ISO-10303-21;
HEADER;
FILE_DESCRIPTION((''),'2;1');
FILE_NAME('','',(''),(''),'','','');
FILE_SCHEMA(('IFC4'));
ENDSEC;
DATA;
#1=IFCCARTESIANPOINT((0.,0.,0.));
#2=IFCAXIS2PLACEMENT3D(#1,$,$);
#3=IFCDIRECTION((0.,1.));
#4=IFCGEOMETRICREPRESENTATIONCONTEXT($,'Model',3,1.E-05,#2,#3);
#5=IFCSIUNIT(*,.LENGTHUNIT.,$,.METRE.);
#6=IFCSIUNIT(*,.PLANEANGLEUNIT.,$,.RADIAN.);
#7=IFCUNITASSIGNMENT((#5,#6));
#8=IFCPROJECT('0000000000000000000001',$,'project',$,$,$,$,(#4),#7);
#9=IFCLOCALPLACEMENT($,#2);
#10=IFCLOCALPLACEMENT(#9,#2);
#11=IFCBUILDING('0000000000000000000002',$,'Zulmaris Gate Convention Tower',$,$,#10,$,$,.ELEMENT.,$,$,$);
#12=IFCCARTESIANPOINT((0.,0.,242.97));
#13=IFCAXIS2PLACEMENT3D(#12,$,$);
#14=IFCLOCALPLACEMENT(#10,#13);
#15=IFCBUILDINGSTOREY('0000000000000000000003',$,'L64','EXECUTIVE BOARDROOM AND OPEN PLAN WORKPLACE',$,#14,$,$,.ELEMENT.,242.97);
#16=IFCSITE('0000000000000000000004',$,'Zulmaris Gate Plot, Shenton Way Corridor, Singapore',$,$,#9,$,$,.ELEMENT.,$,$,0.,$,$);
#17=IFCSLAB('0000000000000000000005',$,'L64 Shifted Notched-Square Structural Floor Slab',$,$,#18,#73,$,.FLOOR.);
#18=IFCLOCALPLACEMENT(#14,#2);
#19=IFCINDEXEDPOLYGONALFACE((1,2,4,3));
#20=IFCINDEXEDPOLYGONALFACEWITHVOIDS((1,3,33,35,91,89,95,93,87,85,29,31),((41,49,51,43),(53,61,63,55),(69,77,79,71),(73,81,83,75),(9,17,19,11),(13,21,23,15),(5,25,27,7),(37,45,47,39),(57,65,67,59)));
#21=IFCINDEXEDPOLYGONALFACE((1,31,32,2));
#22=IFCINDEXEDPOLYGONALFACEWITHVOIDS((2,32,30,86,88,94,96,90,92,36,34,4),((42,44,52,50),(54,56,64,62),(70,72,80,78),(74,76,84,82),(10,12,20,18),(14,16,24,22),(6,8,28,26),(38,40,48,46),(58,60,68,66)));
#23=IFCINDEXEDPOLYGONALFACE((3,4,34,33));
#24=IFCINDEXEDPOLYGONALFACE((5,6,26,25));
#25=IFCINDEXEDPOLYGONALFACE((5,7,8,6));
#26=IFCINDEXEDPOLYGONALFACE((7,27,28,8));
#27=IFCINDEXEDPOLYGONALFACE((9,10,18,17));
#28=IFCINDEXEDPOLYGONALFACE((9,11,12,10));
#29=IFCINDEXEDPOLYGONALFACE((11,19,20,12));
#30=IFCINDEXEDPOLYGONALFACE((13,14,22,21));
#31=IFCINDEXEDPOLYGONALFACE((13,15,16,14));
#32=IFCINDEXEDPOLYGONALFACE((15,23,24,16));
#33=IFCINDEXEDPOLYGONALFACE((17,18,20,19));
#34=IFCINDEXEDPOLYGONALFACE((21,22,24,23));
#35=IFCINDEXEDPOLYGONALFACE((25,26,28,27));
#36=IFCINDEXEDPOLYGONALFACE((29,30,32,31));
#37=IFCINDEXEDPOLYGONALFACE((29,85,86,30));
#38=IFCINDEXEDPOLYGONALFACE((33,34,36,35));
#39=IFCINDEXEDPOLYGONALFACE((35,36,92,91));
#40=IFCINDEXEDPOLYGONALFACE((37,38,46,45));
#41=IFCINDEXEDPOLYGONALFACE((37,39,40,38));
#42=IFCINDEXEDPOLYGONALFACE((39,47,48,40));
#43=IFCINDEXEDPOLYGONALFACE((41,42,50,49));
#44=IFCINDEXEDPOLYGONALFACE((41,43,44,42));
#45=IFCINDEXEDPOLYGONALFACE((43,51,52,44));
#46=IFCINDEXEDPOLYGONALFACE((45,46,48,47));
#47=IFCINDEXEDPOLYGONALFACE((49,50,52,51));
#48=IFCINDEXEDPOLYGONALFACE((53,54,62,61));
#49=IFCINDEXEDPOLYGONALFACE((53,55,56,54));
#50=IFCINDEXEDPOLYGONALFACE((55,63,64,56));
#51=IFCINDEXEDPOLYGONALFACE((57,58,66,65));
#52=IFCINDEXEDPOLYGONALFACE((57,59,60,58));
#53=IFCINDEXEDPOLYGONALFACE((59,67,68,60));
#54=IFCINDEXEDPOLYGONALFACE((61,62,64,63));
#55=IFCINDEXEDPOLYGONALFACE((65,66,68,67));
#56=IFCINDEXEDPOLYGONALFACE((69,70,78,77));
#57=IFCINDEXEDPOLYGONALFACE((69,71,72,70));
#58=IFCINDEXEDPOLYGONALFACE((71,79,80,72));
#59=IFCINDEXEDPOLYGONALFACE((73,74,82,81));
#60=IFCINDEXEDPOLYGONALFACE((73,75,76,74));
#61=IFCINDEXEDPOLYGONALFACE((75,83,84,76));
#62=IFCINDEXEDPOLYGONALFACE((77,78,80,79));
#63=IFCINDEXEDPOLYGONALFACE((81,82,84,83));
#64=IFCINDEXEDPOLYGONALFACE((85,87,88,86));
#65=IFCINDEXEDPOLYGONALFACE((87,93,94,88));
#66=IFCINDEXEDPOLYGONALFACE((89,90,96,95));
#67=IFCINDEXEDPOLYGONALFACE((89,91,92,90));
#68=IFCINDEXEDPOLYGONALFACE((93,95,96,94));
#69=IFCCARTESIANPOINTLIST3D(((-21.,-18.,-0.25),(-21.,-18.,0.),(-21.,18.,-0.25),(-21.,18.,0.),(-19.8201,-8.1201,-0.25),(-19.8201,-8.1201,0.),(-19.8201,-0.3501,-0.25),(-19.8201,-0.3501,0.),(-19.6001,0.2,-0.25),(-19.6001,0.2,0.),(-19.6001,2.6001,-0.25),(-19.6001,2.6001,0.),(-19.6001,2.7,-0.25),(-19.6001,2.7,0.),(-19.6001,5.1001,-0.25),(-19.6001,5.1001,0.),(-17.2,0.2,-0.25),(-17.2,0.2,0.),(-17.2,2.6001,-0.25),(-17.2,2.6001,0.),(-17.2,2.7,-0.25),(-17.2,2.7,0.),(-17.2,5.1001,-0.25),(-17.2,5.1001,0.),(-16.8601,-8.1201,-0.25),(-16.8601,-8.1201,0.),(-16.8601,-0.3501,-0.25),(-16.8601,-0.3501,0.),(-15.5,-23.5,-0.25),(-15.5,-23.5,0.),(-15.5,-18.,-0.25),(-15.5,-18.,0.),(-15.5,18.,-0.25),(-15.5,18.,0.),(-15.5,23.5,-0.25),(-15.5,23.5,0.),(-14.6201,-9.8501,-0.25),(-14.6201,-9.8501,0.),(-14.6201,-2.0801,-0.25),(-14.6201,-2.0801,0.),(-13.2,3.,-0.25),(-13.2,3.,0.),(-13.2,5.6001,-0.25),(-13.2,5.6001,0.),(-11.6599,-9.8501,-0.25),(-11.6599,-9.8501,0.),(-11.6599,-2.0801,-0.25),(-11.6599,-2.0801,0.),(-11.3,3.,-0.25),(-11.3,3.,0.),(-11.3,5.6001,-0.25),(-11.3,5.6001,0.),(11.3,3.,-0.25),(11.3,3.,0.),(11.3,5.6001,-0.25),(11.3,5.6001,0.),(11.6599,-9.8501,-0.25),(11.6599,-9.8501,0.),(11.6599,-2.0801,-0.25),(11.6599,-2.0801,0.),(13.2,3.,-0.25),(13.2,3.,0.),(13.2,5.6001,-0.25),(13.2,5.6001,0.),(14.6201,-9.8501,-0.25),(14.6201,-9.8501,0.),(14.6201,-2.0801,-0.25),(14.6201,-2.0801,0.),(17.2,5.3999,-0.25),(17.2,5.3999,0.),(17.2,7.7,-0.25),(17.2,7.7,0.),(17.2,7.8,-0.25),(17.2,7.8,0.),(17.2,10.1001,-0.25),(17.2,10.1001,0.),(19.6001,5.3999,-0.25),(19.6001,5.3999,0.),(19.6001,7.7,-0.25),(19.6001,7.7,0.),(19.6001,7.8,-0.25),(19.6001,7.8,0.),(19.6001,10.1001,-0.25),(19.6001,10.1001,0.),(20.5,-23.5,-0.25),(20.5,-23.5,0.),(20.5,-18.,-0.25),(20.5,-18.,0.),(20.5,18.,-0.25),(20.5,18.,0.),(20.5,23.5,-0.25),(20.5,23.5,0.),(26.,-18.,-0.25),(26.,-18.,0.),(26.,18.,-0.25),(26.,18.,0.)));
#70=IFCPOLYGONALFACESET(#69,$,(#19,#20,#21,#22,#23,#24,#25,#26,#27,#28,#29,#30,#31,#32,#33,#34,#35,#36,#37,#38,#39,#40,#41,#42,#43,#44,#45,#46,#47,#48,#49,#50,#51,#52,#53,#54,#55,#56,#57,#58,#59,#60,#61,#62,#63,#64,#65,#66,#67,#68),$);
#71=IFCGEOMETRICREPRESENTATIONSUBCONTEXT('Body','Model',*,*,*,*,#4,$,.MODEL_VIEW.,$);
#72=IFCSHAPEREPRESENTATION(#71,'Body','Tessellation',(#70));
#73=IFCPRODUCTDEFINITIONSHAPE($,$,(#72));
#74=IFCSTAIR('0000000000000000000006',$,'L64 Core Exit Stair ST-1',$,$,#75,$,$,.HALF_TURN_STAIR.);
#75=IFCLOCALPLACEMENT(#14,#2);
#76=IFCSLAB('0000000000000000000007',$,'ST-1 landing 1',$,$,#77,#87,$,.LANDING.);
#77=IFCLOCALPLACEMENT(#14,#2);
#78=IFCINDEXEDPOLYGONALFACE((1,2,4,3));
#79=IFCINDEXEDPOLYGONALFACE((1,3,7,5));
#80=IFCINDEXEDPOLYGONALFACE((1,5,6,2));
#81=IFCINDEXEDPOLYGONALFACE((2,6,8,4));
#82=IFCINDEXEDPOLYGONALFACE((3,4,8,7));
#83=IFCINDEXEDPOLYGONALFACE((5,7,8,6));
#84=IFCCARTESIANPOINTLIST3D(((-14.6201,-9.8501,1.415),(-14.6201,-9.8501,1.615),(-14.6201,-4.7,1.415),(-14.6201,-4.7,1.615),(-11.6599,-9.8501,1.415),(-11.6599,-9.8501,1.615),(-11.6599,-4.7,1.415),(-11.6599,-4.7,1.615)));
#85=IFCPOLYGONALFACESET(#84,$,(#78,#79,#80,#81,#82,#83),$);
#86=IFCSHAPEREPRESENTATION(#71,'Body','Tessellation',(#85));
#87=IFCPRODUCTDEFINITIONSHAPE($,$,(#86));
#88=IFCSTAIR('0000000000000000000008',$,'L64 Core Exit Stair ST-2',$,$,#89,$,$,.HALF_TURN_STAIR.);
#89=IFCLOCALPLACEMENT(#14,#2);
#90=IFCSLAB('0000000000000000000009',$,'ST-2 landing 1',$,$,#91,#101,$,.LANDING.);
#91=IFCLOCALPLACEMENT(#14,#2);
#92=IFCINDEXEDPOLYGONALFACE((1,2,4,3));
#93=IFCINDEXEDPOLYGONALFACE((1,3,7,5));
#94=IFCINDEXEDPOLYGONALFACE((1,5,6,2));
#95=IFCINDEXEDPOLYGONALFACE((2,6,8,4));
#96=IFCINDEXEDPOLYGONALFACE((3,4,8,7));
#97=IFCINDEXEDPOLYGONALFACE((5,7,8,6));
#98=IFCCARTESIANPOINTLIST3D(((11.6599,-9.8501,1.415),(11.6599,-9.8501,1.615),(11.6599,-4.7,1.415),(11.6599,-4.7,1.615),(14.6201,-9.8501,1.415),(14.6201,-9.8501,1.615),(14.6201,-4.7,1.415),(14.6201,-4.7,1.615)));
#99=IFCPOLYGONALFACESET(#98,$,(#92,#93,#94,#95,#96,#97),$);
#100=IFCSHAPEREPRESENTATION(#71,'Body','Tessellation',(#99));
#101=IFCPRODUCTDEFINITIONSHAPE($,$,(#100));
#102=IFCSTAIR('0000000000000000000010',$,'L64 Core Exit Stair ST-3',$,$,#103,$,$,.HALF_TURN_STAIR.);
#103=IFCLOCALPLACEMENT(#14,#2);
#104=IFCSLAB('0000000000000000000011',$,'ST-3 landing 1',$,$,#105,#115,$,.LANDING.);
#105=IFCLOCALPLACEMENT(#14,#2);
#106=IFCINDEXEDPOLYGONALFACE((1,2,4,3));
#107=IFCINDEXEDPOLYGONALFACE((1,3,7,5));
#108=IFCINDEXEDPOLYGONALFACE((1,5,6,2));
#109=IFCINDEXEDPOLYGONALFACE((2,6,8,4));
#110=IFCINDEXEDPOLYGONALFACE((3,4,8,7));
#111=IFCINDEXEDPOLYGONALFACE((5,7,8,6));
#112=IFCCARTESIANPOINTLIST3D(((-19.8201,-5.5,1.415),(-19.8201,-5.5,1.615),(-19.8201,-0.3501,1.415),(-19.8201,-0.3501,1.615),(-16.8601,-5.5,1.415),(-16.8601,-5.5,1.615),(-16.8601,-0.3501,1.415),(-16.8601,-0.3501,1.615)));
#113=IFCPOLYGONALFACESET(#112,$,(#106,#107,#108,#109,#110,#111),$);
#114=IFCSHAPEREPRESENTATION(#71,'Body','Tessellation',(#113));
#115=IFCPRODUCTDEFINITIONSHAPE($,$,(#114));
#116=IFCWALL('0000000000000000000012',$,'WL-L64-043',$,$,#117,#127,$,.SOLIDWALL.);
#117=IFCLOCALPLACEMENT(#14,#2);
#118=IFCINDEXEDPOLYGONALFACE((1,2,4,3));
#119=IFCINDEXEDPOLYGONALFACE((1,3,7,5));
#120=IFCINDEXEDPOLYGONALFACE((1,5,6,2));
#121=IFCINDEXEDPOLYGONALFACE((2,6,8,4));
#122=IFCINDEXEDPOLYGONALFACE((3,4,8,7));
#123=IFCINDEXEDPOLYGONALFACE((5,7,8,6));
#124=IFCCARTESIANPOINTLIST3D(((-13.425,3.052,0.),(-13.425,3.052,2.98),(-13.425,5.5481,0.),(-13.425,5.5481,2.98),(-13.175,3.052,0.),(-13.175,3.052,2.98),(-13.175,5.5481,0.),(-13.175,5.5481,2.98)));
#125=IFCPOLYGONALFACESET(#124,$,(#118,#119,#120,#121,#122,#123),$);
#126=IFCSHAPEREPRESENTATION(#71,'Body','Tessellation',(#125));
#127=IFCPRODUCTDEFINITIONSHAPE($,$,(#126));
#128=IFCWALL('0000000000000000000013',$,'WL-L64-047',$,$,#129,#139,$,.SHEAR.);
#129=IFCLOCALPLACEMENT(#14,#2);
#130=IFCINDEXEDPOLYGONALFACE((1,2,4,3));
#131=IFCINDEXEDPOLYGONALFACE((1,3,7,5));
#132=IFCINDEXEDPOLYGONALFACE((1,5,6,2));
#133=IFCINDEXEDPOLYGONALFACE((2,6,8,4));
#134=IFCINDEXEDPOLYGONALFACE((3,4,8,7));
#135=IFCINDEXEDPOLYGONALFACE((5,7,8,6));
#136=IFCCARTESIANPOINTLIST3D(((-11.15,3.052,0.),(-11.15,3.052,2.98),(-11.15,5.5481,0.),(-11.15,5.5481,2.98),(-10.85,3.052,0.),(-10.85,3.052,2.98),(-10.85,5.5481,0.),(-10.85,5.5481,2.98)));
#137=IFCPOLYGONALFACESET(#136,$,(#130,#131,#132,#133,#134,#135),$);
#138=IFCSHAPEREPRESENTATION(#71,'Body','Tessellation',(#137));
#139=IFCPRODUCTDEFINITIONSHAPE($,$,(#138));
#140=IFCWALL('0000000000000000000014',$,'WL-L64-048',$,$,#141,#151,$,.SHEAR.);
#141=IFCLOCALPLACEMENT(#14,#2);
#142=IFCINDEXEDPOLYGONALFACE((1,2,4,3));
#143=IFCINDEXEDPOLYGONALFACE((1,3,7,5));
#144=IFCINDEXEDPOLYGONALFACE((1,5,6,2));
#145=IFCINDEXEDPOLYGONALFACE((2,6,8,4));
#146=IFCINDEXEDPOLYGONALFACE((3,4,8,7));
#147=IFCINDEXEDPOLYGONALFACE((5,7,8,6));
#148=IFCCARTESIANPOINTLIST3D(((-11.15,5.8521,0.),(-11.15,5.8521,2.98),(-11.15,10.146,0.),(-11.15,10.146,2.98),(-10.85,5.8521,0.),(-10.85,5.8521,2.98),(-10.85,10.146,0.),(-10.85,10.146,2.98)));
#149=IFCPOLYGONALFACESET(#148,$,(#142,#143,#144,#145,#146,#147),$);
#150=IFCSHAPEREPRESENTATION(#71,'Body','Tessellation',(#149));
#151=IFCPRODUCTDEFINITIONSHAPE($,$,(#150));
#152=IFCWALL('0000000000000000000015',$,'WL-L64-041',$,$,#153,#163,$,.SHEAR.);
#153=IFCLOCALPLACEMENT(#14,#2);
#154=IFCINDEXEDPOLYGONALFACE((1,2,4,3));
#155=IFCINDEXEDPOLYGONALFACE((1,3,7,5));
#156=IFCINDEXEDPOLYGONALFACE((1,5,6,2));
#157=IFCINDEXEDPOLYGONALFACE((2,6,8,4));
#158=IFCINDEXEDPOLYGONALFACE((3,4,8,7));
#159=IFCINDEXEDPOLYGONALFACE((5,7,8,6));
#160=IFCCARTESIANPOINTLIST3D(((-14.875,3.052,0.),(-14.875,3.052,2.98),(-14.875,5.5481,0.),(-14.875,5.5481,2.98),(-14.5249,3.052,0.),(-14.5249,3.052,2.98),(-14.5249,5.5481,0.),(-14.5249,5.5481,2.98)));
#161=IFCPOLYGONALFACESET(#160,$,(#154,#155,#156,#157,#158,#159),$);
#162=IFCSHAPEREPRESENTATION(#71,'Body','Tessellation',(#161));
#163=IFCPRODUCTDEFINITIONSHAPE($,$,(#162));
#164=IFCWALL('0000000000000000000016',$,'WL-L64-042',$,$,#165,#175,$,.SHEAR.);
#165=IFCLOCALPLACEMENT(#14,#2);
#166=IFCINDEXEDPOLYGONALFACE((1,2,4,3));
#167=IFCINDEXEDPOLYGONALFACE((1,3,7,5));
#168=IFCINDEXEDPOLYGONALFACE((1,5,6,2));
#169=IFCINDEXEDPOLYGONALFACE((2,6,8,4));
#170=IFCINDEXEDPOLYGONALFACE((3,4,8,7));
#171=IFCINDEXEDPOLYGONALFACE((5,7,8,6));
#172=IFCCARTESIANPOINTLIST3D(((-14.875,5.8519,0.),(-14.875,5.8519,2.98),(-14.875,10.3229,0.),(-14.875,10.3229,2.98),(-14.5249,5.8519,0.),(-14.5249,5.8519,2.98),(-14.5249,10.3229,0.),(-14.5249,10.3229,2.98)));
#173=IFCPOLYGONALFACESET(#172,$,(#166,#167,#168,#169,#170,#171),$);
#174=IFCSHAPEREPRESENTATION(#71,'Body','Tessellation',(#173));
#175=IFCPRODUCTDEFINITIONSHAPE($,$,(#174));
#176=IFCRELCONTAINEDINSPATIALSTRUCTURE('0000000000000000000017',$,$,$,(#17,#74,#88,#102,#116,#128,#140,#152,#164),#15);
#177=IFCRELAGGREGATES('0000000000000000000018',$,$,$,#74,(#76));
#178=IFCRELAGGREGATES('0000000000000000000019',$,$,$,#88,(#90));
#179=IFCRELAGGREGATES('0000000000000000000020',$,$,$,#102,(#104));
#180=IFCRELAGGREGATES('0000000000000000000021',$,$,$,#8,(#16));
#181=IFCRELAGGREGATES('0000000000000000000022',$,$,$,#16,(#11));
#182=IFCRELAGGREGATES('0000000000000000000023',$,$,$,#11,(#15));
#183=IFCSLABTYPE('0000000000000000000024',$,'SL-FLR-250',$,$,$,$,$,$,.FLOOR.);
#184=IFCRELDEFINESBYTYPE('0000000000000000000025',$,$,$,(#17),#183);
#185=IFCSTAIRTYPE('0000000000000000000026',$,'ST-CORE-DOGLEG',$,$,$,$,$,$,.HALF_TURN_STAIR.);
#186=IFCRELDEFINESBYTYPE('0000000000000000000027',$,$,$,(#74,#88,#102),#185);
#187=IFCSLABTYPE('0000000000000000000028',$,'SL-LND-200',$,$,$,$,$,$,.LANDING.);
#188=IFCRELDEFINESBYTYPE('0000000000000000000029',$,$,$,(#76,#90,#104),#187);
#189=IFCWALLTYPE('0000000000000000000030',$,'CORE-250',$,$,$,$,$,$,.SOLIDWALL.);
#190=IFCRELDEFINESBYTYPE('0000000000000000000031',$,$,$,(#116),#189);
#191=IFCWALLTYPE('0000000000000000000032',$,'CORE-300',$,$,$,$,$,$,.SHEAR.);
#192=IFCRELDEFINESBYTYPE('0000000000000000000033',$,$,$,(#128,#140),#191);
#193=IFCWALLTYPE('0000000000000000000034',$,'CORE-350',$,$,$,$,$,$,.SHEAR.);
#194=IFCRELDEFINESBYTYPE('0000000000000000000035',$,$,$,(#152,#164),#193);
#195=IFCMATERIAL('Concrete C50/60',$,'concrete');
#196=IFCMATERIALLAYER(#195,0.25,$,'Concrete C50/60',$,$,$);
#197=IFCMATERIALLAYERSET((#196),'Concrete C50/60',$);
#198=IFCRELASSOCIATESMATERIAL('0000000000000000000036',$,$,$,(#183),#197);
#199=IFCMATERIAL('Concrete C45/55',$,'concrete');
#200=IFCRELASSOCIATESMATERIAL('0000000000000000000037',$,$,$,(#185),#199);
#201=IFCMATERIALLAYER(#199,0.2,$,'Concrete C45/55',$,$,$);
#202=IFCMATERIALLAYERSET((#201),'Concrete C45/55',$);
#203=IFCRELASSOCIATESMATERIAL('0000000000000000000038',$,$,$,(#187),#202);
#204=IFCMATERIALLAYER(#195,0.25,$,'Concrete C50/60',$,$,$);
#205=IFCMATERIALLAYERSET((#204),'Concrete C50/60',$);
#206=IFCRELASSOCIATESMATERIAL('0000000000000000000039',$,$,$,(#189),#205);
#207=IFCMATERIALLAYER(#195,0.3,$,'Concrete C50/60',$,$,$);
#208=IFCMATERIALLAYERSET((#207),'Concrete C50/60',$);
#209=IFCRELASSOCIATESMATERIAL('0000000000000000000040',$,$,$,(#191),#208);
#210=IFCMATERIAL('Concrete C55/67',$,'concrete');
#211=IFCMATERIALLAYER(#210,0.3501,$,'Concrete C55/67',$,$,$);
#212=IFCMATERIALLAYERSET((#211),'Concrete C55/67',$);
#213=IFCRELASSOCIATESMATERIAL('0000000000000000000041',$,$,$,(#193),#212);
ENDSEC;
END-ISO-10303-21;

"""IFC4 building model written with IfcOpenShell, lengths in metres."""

from ifc_helpers import new_model, si_unit, direction, frame, frame_2d, origin, place, context, subcontext, project, spatial, polyline, rectangle, outline, extrude, material, layer, layer_set, type_object, element, aggregate, save


model = new_model("IFC4")

# Units and contexts
model_context = context("Model", 3, precision=1e-05, world=origin(), true_north=direction((0.0, 1.0)))
body_context = subcontext(model_context, "Body", "Model", "MODEL_VIEW")
ifc_project = project(units=[si_unit("LENGTHUNIT", "METRE"), si_unit("PLANEANGLEUNIT", "RADIAN")], contexts=[model_context])

# Site, building, storey
site_placement = place(None, origin())
site = spatial("IfcSite", under=ifc_project, at=site_placement, Name="Zulmaris Gate Plot, Shenton Way Corridor, Singapore", CompositionType="ELEMENT", RefElevation=0.0)
building_placement = place(site_placement, origin())
building = spatial("IfcBuilding", under=site, at=building_placement, Name="Zulmaris Gate Convention Tower", CompositionType="ELEMENT")
storey_placement = place(building_placement, frame((0.0, 0.0, 242.97)))
storey = spatial("IfcBuildingStorey", under=building, at=storey_placement, Name="L64", Description="EXECUTIVE BOARDROOM AND OPEN PLAN WORKPLACE", CompositionType="ELEMENT", Elevation=242.97)

# Shared definitions
ifc_material_1 = material(Name="Concrete C50/60", Category="concrete")

# Slab
ifc_layer_1 = layer(ifc_material_1, 0.25, Name="Concrete C50/60")
ifc_layer_set_1 = layer_set([ifc_layer_1], Name="Concrete C50/60")
slab_type_1 = type_object("IfcSlabType", Name="SL-FLR-250", PredefinedType="FLOOR", material=ifc_layer_set_1)
slab_1_placement = place(storey_placement, frame((0.0, 0.0, -0.25)))
element("IfcSlab", 1, at=slab_1_placement, inside=storey, type_object=slab_type_1, Name="L64 Shifted Notched-Square Structural Floor Slab", PredefinedType="FLOOR", context=body_context, shape_type="SweptSolid", body=[
    extrude(outline(polyline([(-15.5, -23.5), (20.5, -23.5), (20.5, -18.0), (26.0, -18.0), (26.0, 18.0), (20.5, 18.0), (20.5, 23.5), (-15.5, 23.5), (-15.5, 18.0), (-21.0, 18.0), (-21.0, -18.0), (-15.5, -18.0), (-15.5, -23.5)]), holes=[polyline([(-14.6201, -2.0801), (-14.6201, -9.8501), (-11.6599, -9.8501), (-11.6599, -2.0801), (-14.6201, -2.0801)]), polyline([(11.6599, -2.0801), (11.6599, -9.8501), (14.6201, -9.8501), (14.6201, -2.0801), (11.6599, -2.0801)]), polyline([(-16.8601, -8.1201), (-16.8601, -0.3501), (-19.8201, -0.3501), (-19.8201, -8.1201), (-16.8601, -8.1201)]), polyline([(-13.2, 3.0), (-11.3, 3.0), (-11.3, 5.6001), (-13.2, 5.6001), (-13.2, 3.0)]), polyline([(11.3, 3.0), (13.2, 3.0), (13.2, 5.6001), (11.3, 5.6001), (11.3, 3.0)]), polyline([(17.2, 5.3999), (19.6001, 5.3999), (19.6001, 7.7), (17.2, 7.7), (17.2, 5.3999)]), polyline([(17.2, 7.8), (19.6001, 7.8), (19.6001, 10.1001), (17.2, 10.1001), (17.2, 7.8)]), polyline([(-19.6001, 0.2), (-17.2, 0.2), (-17.2, 2.6001), (-19.6001, 2.6001), (-19.6001, 0.2)]), polyline([(-19.6001, 2.7), (-17.2, 2.7), (-17.2, 5.1001), (-19.6001, 5.1001), (-19.6001, 2.7)])]), origin(), (0.0, 0.0, 1.0), 0.25),
])

# Stairs, slabs
ifc_material_2 = material(Name="Concrete C45/55", Category="concrete")
stair_type = type_object("IfcStairType", Name="ST-CORE-DOGLEG", PredefinedType="HALF_TURN_STAIR", material=ifc_material_2)
stair_1_placement = place(storey_placement, origin())
stair_1 = element("IfcStair", 2, at=stair_1_placement, inside=storey, type_object=stair_type, Name="L64 Core Exit Stair ST-1", PredefinedType="HALF_TURN_STAIR")
ifc_layer_2 = layer(ifc_material_2, 0.2, Name="Concrete C45/55")
ifc_layer_set_2 = layer_set([ifc_layer_2], Name="Concrete C45/55")
slab_type_2 = type_object("IfcSlabType", Name="SL-LND-200", PredefinedType="LANDING", material=ifc_layer_set_2)
slab_2_placement = place(storey_placement, frame((0.0, 0.0, 1.415)))
slab_2 = element("IfcSlab", 3, at=slab_2_placement, type_object=slab_type_2, Name="ST-1 landing 1", PredefinedType="LANDING", context=body_context, shape_type="SweptSolid", body=[
    extrude(outline(polyline([(-14.6201, -4.7), (-14.6201, -9.8501), (-11.6599, -9.8501), (-11.6599, -4.7), (-14.6201, -4.7)])), origin(), (0.0, 0.0, 1.0), 0.2),
])
aggregate(stair_1, [slab_2])
stair_2_placement = place(storey_placement, origin())
stair_2 = element("IfcStair", 4, at=stair_2_placement, inside=storey, type_object=stair_type, Name="L64 Core Exit Stair ST-2", PredefinedType="HALF_TURN_STAIR")
slab_3_placement = place(storey_placement, frame((0.0, 0.0, 1.415)))
slab_3 = element("IfcSlab", 5, at=slab_3_placement, type_object=slab_type_2, Name="ST-2 landing 1", PredefinedType="LANDING", context=body_context, shape_type="SweptSolid", body=[
    extrude(outline(polyline([(11.6599, -4.7), (11.6599, -9.8501), (14.6201, -9.8501), (14.6201, -4.7), (11.6599, -4.7)])), origin(), (0.0, 0.0, 1.0), 0.2),
])
aggregate(stair_2, [slab_3])
stair_3_placement = place(storey_placement, origin())
stair_3 = element("IfcStair", 6, at=stair_3_placement, inside=storey, type_object=stair_type, Name="L64 Core Exit Stair ST-3", PredefinedType="HALF_TURN_STAIR")
slab_4_placement = place(storey_placement, frame((0.0, 0.0, 1.415)))
slab_4 = element("IfcSlab", 7, at=slab_4_placement, type_object=slab_type_2, Name="ST-3 landing 1", PredefinedType="LANDING", context=body_context, shape_type="SweptSolid", body=[
    extrude(outline(polyline([(-16.8601, -5.5), (-16.8601, -0.3501), (-19.8201, -0.3501), (-19.8201, -5.5), (-16.8601, -5.5)])), origin(), (0.0, 0.0, 1.0), 0.2),
])
aggregate(stair_3, [slab_4])

# Wall
ifc_layer_3 = layer(ifc_material_1, 0.25, Name="Concrete C50/60")
ifc_layer_set_3 = layer_set([ifc_layer_3], Name="Concrete C50/60")
wall_type_1 = type_object("IfcWallType", Name="CORE-250", PredefinedType="SOLIDWALL", material=ifc_layer_set_3)
wall_1_placement = place(storey_placement, frame((-13.3, 3.052, 0.0), z_axis=(0.0, 0.0, 1.0), x_axis=(0.0, 1.0, 0.0)))
element("IfcWall", 8, at=wall_1_placement, inside=storey, type_object=wall_type_1, Name="WL-L64-043", PredefinedType="SOLIDWALL", context=body_context, shape_type="SweptSolid", body=[
    extrude(rectangle(XDim=2.4961, YDim=0.25, at=frame_2d((1.248, 0.0))), origin(), (0.0, 0.0, 1.0), 2.98),
])

# Shared definitions
ifc_layer_4 = layer(ifc_material_1, 0.3, Name="Concrete C50/60")
ifc_layer_set_4 = layer_set([ifc_layer_4], Name="Concrete C50/60")
wall_type_2 = type_object("IfcWallType", Name="CORE-300", PredefinedType="SHEAR", material=ifc_layer_set_4)

# Walls
wall_2_placement = place(storey_placement, frame((-11.0, 3.052, 0.0), z_axis=(0.0, 0.0, 1.0), x_axis=(0.0, 1.0, 0.0)))
element("IfcWall", 9, at=wall_2_placement, inside=storey, type_object=wall_type_2, Name="WL-L64-047", PredefinedType="SHEAR", context=body_context, shape_type="SweptSolid", body=[
    extrude(rectangle(XDim=2.4961, YDim=0.3, at=frame_2d((1.248, 0.0))), origin(), (0.0, 0.0, 1.0), 2.98),
])
wall_3_placement = place(storey_placement, frame((-11.0, 5.8521, 0.0), z_axis=(0.0, 0.0, 1.0), x_axis=(0.0, 1.0, 0.0)))
element("IfcWall", 10, at=wall_3_placement, inside=storey, type_object=wall_type_2, Name="WL-L64-048", PredefinedType="SHEAR", context=body_context, shape_type="SweptSolid", body=[
    extrude(rectangle(XDim=4.2939, YDim=0.3, at=frame_2d((2.147, 0.0))), origin(), (0.0, 0.0, 1.0), 2.98),
])
ifc_material_3 = material(Name="Concrete C55/67", Category="concrete")
ifc_layer_5 = layer(ifc_material_3, 0.3501, Name="Concrete C55/67")
ifc_layer_set_5 = layer_set([ifc_layer_5], Name="Concrete C55/67")
wall_type_3 = type_object("IfcWallType", Name="CORE-350", PredefinedType="SHEAR", material=ifc_layer_set_5)
wall_4_placement = place(storey_placement, frame((-14.7, 3.052, 0.0), z_axis=(0.0, 0.0, 1.0), x_axis=(0.0, 1.0, 0.0)))
element("IfcWall", 11, at=wall_4_placement, inside=storey, type_object=wall_type_3, Name="WL-L64-041", PredefinedType="SHEAR", context=body_context, shape_type="SweptSolid", body=[
    extrude(rectangle(XDim=2.4961, YDim=0.3501, at=frame_2d((1.248, 0.0))), origin(), (0.0, 0.0, 1.0), 2.98),
])
wall_5_placement = place(storey_placement, frame((-14.7, 5.8521, 0.0), z_axis=(0.0, 0.0, 1.0), x_axis=(0.0, 1.0, 0.0)))
element("IfcWall", 12, at=wall_5_placement, inside=storey, type_object=wall_type_3, Name="WL-L64-042", PredefinedType="SHEAR", context=body_context, shape_type="SweptSolid", body=[
    extrude(rectangle(XDim=4.4709, YDim=0.3501, at=frame_2d((2.2354, 0.0))), origin(), (0.0, 0.0, 1.0), 2.98),
])

save(model, "model.ifc")
